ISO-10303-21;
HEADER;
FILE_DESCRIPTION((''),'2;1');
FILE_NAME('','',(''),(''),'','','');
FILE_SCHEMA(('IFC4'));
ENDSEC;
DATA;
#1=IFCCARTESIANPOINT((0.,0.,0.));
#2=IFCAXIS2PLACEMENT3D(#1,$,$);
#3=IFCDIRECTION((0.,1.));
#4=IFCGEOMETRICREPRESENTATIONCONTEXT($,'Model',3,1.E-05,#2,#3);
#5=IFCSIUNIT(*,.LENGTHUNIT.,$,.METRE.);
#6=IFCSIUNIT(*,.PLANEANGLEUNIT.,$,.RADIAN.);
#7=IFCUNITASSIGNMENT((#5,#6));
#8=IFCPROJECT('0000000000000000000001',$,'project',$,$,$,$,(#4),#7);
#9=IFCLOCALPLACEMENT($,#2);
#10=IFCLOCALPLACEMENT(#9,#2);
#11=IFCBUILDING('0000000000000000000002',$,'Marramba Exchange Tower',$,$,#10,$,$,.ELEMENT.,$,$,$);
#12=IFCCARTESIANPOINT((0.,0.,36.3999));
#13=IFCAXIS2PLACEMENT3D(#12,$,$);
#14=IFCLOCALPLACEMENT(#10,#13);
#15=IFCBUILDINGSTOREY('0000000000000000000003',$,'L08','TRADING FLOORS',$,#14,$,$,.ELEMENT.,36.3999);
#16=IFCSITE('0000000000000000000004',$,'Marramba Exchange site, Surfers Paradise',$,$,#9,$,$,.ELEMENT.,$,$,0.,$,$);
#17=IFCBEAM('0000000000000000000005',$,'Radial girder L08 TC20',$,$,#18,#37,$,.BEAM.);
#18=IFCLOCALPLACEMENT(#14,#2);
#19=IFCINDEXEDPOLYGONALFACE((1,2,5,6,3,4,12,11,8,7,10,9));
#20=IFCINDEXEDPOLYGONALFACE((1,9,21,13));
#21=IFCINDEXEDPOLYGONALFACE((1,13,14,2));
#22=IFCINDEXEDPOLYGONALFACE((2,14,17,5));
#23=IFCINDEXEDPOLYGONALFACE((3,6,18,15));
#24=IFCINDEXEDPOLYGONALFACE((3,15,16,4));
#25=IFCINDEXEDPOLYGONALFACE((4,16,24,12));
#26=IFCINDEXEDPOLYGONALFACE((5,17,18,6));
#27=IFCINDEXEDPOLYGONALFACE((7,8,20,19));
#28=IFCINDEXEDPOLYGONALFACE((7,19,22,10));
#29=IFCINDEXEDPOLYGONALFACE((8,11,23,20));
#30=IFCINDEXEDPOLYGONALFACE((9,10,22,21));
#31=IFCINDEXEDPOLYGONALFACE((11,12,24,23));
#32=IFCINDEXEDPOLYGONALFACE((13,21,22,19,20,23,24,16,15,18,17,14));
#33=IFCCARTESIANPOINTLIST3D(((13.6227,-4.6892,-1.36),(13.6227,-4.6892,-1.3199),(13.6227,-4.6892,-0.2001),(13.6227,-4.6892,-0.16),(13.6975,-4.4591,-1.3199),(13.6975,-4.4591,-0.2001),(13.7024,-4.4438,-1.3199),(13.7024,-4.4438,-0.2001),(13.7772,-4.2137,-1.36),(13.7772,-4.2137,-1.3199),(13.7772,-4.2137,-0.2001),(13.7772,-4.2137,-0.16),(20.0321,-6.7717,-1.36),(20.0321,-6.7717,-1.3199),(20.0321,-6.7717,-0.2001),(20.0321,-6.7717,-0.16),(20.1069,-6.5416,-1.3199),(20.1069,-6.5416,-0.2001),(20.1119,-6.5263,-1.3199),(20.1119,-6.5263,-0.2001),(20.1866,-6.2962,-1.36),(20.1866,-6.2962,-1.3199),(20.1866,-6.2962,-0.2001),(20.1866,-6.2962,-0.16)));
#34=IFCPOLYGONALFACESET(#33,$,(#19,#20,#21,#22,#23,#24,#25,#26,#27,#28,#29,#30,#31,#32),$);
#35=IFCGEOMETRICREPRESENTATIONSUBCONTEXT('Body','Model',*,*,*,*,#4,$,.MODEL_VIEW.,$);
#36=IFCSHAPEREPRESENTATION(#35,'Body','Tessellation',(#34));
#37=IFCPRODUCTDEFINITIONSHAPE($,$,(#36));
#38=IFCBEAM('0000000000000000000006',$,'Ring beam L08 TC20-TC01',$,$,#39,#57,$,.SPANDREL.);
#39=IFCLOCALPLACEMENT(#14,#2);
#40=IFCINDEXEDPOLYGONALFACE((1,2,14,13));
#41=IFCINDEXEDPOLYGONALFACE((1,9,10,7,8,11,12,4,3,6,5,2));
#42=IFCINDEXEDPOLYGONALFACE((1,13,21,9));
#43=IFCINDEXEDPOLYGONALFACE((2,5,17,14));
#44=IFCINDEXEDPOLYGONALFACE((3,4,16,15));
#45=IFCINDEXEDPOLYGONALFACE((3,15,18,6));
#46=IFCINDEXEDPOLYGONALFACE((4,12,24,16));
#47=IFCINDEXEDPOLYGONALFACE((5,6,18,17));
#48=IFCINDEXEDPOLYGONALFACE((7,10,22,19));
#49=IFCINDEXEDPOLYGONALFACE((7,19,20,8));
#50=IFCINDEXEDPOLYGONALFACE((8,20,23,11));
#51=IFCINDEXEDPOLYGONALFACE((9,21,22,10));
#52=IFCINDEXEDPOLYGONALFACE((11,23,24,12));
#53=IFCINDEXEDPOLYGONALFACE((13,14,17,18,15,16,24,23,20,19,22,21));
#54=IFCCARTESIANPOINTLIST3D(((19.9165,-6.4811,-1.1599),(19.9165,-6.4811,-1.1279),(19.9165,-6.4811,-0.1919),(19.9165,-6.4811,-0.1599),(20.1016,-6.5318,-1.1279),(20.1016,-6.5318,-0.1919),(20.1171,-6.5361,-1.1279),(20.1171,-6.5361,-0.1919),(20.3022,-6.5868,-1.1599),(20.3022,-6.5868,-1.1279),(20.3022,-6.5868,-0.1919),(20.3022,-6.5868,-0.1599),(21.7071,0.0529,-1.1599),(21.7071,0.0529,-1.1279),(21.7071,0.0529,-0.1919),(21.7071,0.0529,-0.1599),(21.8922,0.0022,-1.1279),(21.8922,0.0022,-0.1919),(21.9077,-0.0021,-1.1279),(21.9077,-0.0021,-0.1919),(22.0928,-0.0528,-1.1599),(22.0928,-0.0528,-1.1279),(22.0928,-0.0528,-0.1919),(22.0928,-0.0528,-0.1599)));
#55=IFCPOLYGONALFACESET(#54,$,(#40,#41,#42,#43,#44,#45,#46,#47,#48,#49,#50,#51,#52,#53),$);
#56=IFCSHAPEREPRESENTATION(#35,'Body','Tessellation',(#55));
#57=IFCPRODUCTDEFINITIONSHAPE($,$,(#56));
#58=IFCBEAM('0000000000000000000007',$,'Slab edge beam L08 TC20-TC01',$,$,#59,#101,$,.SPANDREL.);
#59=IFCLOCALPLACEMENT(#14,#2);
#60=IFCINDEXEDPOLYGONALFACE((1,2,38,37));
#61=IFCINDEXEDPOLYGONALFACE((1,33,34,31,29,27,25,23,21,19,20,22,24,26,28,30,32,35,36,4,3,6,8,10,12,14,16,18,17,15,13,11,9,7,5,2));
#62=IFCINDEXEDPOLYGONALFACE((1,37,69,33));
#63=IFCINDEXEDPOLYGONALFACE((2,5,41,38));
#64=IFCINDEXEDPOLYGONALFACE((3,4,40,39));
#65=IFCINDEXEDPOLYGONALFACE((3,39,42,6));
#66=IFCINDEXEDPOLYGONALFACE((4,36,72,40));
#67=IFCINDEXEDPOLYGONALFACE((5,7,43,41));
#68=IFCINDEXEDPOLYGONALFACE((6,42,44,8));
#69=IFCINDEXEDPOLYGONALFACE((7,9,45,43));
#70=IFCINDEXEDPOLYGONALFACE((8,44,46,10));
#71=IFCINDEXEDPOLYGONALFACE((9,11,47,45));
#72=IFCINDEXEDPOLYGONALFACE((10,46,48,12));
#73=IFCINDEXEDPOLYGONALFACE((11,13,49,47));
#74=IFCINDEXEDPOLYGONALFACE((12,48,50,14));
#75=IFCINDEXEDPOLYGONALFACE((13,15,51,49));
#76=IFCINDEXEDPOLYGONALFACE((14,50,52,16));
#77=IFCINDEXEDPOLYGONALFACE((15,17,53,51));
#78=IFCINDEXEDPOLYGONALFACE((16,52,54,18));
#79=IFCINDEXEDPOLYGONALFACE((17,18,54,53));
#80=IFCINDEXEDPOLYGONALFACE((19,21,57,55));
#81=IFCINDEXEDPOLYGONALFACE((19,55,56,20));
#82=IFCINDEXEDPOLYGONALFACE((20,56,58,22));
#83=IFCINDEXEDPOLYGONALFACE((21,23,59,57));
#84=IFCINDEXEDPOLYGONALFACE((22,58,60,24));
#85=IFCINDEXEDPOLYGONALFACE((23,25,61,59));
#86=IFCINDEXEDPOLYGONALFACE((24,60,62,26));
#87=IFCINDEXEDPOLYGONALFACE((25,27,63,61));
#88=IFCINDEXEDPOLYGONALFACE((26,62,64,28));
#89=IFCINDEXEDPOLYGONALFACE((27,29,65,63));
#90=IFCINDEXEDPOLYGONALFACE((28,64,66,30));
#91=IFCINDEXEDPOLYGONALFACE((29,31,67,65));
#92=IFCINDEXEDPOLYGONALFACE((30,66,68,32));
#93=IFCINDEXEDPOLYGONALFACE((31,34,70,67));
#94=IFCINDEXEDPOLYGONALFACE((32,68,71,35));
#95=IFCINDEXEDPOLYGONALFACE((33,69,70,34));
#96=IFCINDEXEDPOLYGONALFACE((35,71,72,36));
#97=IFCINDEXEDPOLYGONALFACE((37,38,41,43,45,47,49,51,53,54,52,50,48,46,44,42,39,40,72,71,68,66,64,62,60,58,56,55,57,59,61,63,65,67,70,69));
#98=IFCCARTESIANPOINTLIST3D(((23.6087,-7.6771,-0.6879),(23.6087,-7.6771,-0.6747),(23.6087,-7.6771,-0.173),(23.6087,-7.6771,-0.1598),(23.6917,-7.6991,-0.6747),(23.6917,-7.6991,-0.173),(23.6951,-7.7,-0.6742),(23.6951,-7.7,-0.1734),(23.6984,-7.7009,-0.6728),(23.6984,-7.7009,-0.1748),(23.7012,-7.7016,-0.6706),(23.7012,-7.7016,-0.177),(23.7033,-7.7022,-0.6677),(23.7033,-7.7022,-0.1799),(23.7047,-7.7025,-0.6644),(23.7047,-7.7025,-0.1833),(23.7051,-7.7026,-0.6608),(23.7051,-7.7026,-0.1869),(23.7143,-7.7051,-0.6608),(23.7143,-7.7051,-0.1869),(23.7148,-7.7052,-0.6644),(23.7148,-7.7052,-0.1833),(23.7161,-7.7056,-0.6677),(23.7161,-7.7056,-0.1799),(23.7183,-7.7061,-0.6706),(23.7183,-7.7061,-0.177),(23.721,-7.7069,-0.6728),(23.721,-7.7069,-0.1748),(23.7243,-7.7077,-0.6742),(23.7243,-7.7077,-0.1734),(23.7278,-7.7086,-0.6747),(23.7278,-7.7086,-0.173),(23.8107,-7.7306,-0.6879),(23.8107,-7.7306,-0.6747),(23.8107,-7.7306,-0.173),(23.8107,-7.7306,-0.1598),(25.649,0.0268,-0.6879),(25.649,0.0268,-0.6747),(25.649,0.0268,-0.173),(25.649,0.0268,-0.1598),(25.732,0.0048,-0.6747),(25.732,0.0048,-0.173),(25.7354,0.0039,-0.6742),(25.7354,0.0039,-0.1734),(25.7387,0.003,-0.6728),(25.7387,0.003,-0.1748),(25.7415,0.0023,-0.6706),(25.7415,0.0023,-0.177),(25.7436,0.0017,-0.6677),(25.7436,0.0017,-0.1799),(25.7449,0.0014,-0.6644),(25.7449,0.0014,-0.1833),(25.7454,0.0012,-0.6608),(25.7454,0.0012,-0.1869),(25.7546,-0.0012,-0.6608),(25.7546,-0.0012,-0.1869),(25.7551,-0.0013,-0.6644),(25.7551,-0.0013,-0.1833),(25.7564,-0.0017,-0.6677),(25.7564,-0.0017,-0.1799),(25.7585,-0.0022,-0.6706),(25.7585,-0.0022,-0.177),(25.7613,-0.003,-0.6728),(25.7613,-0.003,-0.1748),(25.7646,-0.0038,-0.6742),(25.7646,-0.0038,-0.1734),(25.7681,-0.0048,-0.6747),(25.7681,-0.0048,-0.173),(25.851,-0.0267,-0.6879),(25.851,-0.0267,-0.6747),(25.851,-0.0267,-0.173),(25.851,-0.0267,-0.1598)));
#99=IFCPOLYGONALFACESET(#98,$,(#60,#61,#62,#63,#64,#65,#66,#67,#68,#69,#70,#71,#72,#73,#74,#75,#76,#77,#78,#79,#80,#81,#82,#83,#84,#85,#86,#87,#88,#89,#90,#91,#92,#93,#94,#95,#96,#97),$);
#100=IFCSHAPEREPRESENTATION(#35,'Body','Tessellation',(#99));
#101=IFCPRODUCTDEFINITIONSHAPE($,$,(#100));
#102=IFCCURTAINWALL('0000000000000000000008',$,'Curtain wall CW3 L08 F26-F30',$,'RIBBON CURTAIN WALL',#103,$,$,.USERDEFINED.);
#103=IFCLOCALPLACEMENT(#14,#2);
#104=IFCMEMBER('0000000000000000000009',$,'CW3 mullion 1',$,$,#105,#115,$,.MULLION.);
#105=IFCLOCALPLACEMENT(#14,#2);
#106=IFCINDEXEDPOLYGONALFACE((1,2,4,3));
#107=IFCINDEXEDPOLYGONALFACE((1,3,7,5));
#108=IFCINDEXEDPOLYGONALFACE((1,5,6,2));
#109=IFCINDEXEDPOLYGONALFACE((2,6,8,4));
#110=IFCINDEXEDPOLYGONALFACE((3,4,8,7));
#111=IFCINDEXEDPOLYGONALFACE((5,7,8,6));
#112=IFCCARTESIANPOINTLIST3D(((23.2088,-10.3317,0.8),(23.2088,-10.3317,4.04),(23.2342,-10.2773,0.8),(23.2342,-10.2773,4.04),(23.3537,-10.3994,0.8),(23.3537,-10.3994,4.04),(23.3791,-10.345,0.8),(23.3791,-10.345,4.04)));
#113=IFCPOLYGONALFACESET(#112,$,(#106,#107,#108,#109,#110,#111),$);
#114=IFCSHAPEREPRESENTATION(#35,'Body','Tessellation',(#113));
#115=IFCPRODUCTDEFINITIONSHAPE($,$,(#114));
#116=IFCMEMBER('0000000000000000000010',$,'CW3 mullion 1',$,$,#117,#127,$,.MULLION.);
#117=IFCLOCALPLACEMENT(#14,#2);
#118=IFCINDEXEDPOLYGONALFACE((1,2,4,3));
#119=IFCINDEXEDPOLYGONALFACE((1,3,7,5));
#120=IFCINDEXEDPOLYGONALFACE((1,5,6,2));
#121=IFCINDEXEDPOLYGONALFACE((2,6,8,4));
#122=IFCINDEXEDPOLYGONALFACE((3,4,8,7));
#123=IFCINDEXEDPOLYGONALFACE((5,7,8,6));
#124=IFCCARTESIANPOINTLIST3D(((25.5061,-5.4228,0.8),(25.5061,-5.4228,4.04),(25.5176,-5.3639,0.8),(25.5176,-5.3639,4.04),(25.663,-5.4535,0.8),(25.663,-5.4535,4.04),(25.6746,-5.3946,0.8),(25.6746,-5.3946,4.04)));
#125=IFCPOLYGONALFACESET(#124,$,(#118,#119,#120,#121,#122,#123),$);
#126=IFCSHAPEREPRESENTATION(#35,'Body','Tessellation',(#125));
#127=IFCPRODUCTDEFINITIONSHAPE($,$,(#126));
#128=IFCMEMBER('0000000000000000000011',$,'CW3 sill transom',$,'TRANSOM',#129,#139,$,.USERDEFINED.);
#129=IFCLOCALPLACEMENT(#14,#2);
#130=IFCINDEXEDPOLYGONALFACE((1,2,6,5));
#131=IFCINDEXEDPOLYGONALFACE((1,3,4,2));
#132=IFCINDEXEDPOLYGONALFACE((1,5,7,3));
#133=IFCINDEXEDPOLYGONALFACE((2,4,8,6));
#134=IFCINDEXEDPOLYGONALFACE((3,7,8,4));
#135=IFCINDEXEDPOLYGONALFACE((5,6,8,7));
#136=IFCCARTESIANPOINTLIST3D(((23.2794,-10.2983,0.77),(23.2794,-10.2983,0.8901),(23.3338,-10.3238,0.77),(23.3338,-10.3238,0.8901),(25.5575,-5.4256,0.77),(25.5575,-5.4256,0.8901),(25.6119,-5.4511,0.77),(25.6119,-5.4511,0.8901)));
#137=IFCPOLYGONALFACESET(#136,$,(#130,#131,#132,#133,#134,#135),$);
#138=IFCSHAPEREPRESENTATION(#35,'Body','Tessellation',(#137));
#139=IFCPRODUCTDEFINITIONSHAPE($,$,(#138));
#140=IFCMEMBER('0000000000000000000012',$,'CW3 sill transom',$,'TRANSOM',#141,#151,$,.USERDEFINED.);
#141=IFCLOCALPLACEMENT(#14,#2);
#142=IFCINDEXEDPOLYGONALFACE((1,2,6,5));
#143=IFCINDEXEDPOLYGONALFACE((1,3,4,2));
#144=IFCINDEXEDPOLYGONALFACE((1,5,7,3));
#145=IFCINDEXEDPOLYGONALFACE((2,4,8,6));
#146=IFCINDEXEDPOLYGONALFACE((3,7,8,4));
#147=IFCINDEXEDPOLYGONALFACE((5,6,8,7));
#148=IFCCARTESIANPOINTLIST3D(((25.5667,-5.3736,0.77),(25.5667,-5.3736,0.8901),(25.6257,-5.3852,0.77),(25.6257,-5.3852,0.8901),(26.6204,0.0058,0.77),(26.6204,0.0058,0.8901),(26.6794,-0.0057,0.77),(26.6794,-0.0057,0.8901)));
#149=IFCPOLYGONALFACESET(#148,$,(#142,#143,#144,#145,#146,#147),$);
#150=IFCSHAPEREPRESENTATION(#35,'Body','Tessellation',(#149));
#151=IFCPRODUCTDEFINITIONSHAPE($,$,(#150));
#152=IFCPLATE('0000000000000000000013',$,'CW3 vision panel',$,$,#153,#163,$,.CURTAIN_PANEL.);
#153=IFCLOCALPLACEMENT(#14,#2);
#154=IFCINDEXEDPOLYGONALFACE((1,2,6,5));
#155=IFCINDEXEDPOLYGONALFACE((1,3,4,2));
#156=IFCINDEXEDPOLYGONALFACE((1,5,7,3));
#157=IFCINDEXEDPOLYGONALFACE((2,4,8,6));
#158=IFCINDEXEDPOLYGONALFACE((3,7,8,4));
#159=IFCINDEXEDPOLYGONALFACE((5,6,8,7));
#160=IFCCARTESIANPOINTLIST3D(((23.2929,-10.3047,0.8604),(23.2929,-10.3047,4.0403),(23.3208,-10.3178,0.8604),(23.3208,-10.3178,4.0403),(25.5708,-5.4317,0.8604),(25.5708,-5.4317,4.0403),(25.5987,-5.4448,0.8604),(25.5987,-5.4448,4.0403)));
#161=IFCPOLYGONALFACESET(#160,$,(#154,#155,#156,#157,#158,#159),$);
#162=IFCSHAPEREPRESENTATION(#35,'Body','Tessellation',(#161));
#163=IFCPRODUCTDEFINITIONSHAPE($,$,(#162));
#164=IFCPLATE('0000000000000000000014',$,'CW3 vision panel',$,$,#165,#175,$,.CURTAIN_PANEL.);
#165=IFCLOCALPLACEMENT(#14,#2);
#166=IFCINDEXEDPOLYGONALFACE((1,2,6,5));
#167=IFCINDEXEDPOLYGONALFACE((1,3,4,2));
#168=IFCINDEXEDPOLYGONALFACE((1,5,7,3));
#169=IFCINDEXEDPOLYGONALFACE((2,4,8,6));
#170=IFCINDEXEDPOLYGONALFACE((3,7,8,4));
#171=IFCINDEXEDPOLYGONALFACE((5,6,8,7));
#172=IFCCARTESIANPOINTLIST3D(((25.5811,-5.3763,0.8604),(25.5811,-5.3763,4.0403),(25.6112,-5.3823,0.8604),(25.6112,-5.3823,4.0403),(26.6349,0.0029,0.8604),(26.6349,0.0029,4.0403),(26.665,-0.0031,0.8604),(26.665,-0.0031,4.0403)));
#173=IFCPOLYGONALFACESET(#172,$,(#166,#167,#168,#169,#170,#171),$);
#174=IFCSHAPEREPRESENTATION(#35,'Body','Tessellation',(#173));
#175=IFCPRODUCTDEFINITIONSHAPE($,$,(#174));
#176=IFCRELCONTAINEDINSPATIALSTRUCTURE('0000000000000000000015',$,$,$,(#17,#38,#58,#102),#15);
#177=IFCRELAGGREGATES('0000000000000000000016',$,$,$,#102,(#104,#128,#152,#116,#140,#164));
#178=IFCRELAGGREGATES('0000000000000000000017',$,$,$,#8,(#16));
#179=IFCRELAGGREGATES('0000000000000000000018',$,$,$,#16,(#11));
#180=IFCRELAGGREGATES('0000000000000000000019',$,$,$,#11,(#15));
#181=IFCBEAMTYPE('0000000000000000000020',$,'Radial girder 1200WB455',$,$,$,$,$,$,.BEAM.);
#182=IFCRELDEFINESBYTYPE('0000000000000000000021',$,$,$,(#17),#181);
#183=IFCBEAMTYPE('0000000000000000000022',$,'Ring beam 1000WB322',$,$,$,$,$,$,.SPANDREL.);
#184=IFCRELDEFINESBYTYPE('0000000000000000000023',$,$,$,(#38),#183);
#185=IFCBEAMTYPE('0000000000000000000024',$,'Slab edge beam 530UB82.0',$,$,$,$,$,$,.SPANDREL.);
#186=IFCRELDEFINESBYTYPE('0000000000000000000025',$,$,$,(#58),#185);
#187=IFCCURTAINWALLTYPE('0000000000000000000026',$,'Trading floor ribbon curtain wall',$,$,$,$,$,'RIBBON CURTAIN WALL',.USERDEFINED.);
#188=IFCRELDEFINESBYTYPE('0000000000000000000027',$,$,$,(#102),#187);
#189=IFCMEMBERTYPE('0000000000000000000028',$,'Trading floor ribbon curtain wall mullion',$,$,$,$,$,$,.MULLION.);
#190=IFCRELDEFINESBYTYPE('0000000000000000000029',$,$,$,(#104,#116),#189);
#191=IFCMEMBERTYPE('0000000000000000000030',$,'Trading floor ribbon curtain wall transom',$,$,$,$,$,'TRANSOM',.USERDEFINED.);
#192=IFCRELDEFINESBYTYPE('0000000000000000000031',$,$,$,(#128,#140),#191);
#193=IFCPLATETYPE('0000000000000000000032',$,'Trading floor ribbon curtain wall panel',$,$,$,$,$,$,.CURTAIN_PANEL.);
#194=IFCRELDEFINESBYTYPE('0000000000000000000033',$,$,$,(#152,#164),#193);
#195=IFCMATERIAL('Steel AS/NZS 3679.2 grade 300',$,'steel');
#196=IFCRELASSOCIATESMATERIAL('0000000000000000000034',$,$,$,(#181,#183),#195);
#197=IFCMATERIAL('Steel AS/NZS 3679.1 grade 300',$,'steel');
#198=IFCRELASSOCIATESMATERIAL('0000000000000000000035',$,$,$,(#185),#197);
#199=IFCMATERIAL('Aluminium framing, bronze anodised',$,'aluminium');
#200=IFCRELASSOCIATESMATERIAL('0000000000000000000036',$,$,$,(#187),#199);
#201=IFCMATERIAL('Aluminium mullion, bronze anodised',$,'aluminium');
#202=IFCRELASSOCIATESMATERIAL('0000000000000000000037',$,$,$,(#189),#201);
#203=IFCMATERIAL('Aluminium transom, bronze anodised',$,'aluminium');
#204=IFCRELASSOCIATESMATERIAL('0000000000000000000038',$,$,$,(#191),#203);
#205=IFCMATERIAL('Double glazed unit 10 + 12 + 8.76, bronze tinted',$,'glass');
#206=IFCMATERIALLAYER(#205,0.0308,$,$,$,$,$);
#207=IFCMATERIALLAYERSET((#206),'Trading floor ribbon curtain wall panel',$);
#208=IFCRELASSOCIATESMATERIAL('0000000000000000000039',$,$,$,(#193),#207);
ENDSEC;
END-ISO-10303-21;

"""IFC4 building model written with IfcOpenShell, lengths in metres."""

from ifc_helpers import new_model, si_unit, direction, frame, origin, origin_2d, place, context, subcontext, project, spatial, rectangle, i_section, extrude, material, layer, layer_set, material_profile, profile_set, type_object, element, aggregate, save


model = new_model("IFC4")

# Units and contexts
model_context = context("Model", 3, precision=1e-05, world=origin(), true_north=direction((0.0, 1.0)))
body_context = subcontext(model_context, "Body", "Model", "MODEL_VIEW")
ifc_project = project(units=[si_unit("LENGTHUNIT", "METRE"), si_unit("PLANEANGLEUNIT", "RADIAN")], contexts=[model_context])

# Site, building, storey
site_placement = place(None, origin())
site = spatial("IfcSite", under=ifc_project, at=site_placement, Name="Marramba Exchange site, Surfers Paradise", CompositionType="ELEMENT", RefElevation=0.0)
building_placement = place(site_placement, origin())
building = spatial("IfcBuilding", under=site, at=building_placement, Name="Marramba Exchange Tower", CompositionType="ELEMENT")
storey_placement = place(building_placement, frame((0.0, 0.0, 36.3999)))
storey = spatial("IfcBuildingStorey", under=building, at=storey_placement, Name="L08", Description="TRADING FLOORS", CompositionType="ELEMENT", Elevation=36.3999)

# Beams
ifc_material_1 = material(Name="Steel AS/NZS 3679.2 grade 300", Category="steel")
ifc_material_2 = material(Name="Steel AS/NZS 3679.1 grade 300", Category="steel")
ifc_material_profile_1 = material_profile(ifc_material_1, i_section(OverallWidth=0.5, OverallDepth=1.2, WebThickness=0.0161, FlangeThickness=0.04, at=origin_2d()), Name="1200WB455")
ifc_profile_set_1 = profile_set([ifc_material_profile_1], Name="Steel AS/NZS 3679.2 grade 300")
beam_type_1 = type_object("IfcBeamType", Name="Radial girder 1200WB455", PredefinedType="BEAM", material=ifc_profile_set_1)
beam_1_placement = place(storey_placement, frame((13.7, -4.4514, -0.76), z_axis=(0.951058, -0.309013, 0.0), x_axis=(0.309013, 0.951058, 0.0)))
element("IfcBeam", 1, at=beam_1_placement, inside=storey, type_object=beam_type_1, Name="Radial girder L08 TC20", PredefinedType="BEAM", context=body_context, shape_type="SweptSolid", body=[
    extrude(i_section(OverallWidth=0.5, OverallDepth=1.2, WebThickness=0.0161, FlangeThickness=0.04, at=origin_2d()), origin(), (0.0, 0.0, 1.0), 6.7393),
])
ifc_material_profile_2 = material_profile(ifc_material_1, i_section(OverallWidth=0.3999, OverallDepth=1.0, WebThickness=0.0161, FlangeThickness=0.032, at=origin_2d()), Name="1000WB322")
ifc_profile_set_2 = profile_set([ifc_material_profile_2], Name="Steel AS/NZS 3679.2 grade 300")
beam_type_2 = type_object("IfcBeamType", Name="Ring beam 1000WB322", PredefinedType="SPANDREL", material=ifc_profile_set_2)
beam_2_placement = place(storey_placement, frame((20.1094, -6.5339, -0.6599), z_axis=(0.264291, 0.964443, 0.0), x_axis=(-0.964443, 0.264291, 0.0)))
element("IfcBeam", 2, at=beam_2_placement, inside=storey, type_object=beam_type_2, Name="Ring beam L08 TC20-TC01", PredefinedType="SPANDREL", context=body_context, shape_type="SweptSolid", body=[
    extrude(i_section(OverallWidth=0.3999, OverallDepth=1.0, WebThickness=0.0161, FlangeThickness=0.032, at=origin_2d()), origin(), (0.0, 0.0, 1.0), 6.7749),
])
ifc_material_profile_3 = material_profile(ifc_material_2, i_section(OverallWidth=0.209, OverallDepth=0.5281, WebThickness=0.0095, FlangeThickness=0.0132, FilletRadius=0.0139, at=origin_2d()), Name="530UB82.0")
ifc_profile_set_3 = profile_set([ifc_material_profile_3], Name="Steel AS/NZS 3679.1 grade 300")
beam_type_3 = type_object("IfcBeamType", Name="Slab edge beam 530UB82.0", PredefinedType="SPANDREL", material=ifc_profile_set_3)
beam_3_placement = place(storey_placement, frame((23.7097, -7.7039, -0.4238), z_axis=(0.256013, 0.966673, 0.0), x_axis=(-0.966673, 0.256013, 0.0)))
element("IfcBeam", 3, at=beam_3_placement, inside=storey, type_object=beam_type_3, Name="Slab edge beam L08 TC20-TC01", PredefinedType="SPANDREL", context=body_context, shape_type="SweptSolid", body=[
    extrude(i_section(OverallWidth=0.209, OverallDepth=0.5281, WebThickness=0.0095, FlangeThickness=0.0132, FilletRadius=0.0139, at=origin_2d()), origin(), (0.0, 0.0, 1.0), 7.9695),
])

# Curtain wall, members, plates
ifc_material_3 = material(Name="Aluminium framing, bronze anodised", Category="aluminium")
curtain_wall_type = type_object("IfcCurtainWallType", Name="Trading floor ribbon curtain wall", ElementType="RIBBON CURTAIN WALL", PredefinedType="USERDEFINED", material=ifc_material_3)
curtain_wall_placement = place(storey_placement, origin())
curtain_wall = element("IfcCurtainWall", 4, at=curtain_wall_placement, inside=storey, type_object=curtain_wall_type, Name="Curtain wall CW3 L08 F26-F30", ObjectType="RIBBON CURTAIN WALL", PredefinedType="USERDEFINED")
ifc_material_4 = material(Name="Aluminium mullion, bronze anodised", Category="aluminium")
ifc_material_profile_4 = material_profile(ifc_material_4, rectangle(XDim=0.1599, YDim=0.0601, at=origin_2d()), Name="CW3 mullion 60x160")
ifc_profile_set_4 = profile_set([ifc_material_profile_4], Name="Aluminium mullion, bronze anodised")
member_type_1 = type_object("IfcMemberType", Name="Trading floor ribbon curtain wall mullion", PredefinedType="MULLION", material=ifc_profile_set_4)
member_1_placement = place(storey_placement, frame((23.2939, -10.3384, 0.8), z_axis=(0.0, 0.0, 1.0), x_axis=(-0.905907, 0.423477, 0.0)))
member_1 = element("IfcMember", 5, at=member_1_placement, type_object=member_type_1, Name="CW3 mullion 1", PredefinedType="MULLION", context=body_context, shape_type="SweptSolid", body=[
    extrude(rectangle(XDim=0.1599, YDim=0.0601, at=origin_2d()), origin(), (0.0, 0.0, 1.0), 3.24),
])
member_2_placement = place(storey_placement, frame((25.5903, -5.4087, 0.8), z_axis=(0.0, 0.0, 1.0), x_axis=(-0.981346, 0.192249, 0.0)))
member_2 = element("IfcMember", 6, at=member_2_placement, type_object=member_type_1, Name="CW3 mullion 1", PredefinedType="MULLION", context=body_context, shape_type="SweptSolid", body=[
    extrude(rectangle(XDim=0.1599, YDim=0.0601, at=origin_2d()), origin(), (0.0, 0.0, 1.0), 3.24),
])
ifc_material_5 = material(Name="Aluminium transom, bronze anodised", Category="aluminium")
ifc_material_profile_5 = material_profile(ifc_material_5, rectangle(XDim=0.0601, YDim=0.1201, at=origin_2d()), Name="CW3 transom 60x120")
ifc_profile_set_5 = profile_set([ifc_material_profile_5], Name="Aluminium transom, bronze anodised")
member_type_2 = type_object("IfcMemberType", Name="Trading floor ribbon curtain wall transom", ElementType="TRANSOM", PredefinedType="USERDEFINED", material=ifc_profile_set_5)
member_3_placement = place(storey_placement, frame((23.3066, -10.311, 0.8301), z_axis=(0.423512, 0.905891, 0.0), x_axis=(-0.905891, 0.423512, 0.0)))
member_3 = element("IfcMember", 7, at=member_3_placement, type_object=member_type_2, Name="CW3 sill transom", ObjectType="TRANSOM", PredefinedType="USERDEFINED", context=body_context, shape_type="SweptSolid", body=[
    extrude(rectangle(XDim=0.0601, YDim=0.1201, at=origin_2d()), origin(), (0.0, 0.0, 1.0), 5.3789),
])
member_4_placement = place(storey_placement, frame((25.5962, -5.3794, 0.8301), z_axis=(0.192226, 0.981351, 0.0), x_axis=(-0.981351, 0.192226, 0.0)))
member_4 = element("IfcMember", 8, at=member_4_placement, type_object=member_type_2, Name="CW3 sill transom", ObjectType="TRANSOM", PredefinedType="USERDEFINED", context=body_context, shape_type="SweptSolid", body=[
    extrude(rectangle(XDim=0.0601, YDim=0.1201, at=origin_2d()), origin(), (0.0, 0.0, 1.0), 5.4817),
])
ifc_material_6 = material(Name="Double glazed unit 10 + 12 + 8.76, bronze tinted", Category="glass")
ifc_layer_1 = layer(ifc_material_6, 0.0308)
ifc_layer_set_1 = layer_set([ifc_layer_1], Name="Trading floor ribbon curtain wall panel")
plate_type = type_object("IfcPlateType", Name="Trading floor ribbon curtain wall panel", PredefinedType="CURTAIN_PANEL", material=ifc_layer_set_1)
plate_1_placement = place(storey_placement, frame((24.4458, -7.8748, 0.8604), z_axis=(0.0, 0.0, 1.0), x_axis=(0.423477, 0.905907, 0.0)))
plate_1 = element("IfcPlate", 9, at=plate_1_placement, type_object=plate_type, Name="CW3 vision panel", PredefinedType="CURTAIN_PANEL", context=body_context, shape_type="SweptSolid", body=[
    extrude(rectangle(XDim=5.3792, YDim=0.0308, at=origin_2d()), origin(), (0.0, 0.0, 1.0), 3.1799),
])
plate_2_placement = place(storey_placement, frame((26.123, -2.6897, 0.8604), z_axis=(0.0, 0.0, 1.0), x_axis=(0.192249, 0.981346, 0.0)))
plate_2 = element("IfcPlate", 10, at=plate_2_placement, type_object=plate_type, Name="CW3 vision panel", PredefinedType="CURTAIN_PANEL", context=body_context, shape_type="SweptSolid", body=[
    extrude(rectangle(XDim=5.4814, YDim=0.0308, at=origin_2d()), origin(), (0.0, 0.0, 1.0), 3.1799),
])
aggregate(curtain_wall, [member_1, member_3, plate_1, member_2, member_4, plate_2])

save(model, "model.ifc")
